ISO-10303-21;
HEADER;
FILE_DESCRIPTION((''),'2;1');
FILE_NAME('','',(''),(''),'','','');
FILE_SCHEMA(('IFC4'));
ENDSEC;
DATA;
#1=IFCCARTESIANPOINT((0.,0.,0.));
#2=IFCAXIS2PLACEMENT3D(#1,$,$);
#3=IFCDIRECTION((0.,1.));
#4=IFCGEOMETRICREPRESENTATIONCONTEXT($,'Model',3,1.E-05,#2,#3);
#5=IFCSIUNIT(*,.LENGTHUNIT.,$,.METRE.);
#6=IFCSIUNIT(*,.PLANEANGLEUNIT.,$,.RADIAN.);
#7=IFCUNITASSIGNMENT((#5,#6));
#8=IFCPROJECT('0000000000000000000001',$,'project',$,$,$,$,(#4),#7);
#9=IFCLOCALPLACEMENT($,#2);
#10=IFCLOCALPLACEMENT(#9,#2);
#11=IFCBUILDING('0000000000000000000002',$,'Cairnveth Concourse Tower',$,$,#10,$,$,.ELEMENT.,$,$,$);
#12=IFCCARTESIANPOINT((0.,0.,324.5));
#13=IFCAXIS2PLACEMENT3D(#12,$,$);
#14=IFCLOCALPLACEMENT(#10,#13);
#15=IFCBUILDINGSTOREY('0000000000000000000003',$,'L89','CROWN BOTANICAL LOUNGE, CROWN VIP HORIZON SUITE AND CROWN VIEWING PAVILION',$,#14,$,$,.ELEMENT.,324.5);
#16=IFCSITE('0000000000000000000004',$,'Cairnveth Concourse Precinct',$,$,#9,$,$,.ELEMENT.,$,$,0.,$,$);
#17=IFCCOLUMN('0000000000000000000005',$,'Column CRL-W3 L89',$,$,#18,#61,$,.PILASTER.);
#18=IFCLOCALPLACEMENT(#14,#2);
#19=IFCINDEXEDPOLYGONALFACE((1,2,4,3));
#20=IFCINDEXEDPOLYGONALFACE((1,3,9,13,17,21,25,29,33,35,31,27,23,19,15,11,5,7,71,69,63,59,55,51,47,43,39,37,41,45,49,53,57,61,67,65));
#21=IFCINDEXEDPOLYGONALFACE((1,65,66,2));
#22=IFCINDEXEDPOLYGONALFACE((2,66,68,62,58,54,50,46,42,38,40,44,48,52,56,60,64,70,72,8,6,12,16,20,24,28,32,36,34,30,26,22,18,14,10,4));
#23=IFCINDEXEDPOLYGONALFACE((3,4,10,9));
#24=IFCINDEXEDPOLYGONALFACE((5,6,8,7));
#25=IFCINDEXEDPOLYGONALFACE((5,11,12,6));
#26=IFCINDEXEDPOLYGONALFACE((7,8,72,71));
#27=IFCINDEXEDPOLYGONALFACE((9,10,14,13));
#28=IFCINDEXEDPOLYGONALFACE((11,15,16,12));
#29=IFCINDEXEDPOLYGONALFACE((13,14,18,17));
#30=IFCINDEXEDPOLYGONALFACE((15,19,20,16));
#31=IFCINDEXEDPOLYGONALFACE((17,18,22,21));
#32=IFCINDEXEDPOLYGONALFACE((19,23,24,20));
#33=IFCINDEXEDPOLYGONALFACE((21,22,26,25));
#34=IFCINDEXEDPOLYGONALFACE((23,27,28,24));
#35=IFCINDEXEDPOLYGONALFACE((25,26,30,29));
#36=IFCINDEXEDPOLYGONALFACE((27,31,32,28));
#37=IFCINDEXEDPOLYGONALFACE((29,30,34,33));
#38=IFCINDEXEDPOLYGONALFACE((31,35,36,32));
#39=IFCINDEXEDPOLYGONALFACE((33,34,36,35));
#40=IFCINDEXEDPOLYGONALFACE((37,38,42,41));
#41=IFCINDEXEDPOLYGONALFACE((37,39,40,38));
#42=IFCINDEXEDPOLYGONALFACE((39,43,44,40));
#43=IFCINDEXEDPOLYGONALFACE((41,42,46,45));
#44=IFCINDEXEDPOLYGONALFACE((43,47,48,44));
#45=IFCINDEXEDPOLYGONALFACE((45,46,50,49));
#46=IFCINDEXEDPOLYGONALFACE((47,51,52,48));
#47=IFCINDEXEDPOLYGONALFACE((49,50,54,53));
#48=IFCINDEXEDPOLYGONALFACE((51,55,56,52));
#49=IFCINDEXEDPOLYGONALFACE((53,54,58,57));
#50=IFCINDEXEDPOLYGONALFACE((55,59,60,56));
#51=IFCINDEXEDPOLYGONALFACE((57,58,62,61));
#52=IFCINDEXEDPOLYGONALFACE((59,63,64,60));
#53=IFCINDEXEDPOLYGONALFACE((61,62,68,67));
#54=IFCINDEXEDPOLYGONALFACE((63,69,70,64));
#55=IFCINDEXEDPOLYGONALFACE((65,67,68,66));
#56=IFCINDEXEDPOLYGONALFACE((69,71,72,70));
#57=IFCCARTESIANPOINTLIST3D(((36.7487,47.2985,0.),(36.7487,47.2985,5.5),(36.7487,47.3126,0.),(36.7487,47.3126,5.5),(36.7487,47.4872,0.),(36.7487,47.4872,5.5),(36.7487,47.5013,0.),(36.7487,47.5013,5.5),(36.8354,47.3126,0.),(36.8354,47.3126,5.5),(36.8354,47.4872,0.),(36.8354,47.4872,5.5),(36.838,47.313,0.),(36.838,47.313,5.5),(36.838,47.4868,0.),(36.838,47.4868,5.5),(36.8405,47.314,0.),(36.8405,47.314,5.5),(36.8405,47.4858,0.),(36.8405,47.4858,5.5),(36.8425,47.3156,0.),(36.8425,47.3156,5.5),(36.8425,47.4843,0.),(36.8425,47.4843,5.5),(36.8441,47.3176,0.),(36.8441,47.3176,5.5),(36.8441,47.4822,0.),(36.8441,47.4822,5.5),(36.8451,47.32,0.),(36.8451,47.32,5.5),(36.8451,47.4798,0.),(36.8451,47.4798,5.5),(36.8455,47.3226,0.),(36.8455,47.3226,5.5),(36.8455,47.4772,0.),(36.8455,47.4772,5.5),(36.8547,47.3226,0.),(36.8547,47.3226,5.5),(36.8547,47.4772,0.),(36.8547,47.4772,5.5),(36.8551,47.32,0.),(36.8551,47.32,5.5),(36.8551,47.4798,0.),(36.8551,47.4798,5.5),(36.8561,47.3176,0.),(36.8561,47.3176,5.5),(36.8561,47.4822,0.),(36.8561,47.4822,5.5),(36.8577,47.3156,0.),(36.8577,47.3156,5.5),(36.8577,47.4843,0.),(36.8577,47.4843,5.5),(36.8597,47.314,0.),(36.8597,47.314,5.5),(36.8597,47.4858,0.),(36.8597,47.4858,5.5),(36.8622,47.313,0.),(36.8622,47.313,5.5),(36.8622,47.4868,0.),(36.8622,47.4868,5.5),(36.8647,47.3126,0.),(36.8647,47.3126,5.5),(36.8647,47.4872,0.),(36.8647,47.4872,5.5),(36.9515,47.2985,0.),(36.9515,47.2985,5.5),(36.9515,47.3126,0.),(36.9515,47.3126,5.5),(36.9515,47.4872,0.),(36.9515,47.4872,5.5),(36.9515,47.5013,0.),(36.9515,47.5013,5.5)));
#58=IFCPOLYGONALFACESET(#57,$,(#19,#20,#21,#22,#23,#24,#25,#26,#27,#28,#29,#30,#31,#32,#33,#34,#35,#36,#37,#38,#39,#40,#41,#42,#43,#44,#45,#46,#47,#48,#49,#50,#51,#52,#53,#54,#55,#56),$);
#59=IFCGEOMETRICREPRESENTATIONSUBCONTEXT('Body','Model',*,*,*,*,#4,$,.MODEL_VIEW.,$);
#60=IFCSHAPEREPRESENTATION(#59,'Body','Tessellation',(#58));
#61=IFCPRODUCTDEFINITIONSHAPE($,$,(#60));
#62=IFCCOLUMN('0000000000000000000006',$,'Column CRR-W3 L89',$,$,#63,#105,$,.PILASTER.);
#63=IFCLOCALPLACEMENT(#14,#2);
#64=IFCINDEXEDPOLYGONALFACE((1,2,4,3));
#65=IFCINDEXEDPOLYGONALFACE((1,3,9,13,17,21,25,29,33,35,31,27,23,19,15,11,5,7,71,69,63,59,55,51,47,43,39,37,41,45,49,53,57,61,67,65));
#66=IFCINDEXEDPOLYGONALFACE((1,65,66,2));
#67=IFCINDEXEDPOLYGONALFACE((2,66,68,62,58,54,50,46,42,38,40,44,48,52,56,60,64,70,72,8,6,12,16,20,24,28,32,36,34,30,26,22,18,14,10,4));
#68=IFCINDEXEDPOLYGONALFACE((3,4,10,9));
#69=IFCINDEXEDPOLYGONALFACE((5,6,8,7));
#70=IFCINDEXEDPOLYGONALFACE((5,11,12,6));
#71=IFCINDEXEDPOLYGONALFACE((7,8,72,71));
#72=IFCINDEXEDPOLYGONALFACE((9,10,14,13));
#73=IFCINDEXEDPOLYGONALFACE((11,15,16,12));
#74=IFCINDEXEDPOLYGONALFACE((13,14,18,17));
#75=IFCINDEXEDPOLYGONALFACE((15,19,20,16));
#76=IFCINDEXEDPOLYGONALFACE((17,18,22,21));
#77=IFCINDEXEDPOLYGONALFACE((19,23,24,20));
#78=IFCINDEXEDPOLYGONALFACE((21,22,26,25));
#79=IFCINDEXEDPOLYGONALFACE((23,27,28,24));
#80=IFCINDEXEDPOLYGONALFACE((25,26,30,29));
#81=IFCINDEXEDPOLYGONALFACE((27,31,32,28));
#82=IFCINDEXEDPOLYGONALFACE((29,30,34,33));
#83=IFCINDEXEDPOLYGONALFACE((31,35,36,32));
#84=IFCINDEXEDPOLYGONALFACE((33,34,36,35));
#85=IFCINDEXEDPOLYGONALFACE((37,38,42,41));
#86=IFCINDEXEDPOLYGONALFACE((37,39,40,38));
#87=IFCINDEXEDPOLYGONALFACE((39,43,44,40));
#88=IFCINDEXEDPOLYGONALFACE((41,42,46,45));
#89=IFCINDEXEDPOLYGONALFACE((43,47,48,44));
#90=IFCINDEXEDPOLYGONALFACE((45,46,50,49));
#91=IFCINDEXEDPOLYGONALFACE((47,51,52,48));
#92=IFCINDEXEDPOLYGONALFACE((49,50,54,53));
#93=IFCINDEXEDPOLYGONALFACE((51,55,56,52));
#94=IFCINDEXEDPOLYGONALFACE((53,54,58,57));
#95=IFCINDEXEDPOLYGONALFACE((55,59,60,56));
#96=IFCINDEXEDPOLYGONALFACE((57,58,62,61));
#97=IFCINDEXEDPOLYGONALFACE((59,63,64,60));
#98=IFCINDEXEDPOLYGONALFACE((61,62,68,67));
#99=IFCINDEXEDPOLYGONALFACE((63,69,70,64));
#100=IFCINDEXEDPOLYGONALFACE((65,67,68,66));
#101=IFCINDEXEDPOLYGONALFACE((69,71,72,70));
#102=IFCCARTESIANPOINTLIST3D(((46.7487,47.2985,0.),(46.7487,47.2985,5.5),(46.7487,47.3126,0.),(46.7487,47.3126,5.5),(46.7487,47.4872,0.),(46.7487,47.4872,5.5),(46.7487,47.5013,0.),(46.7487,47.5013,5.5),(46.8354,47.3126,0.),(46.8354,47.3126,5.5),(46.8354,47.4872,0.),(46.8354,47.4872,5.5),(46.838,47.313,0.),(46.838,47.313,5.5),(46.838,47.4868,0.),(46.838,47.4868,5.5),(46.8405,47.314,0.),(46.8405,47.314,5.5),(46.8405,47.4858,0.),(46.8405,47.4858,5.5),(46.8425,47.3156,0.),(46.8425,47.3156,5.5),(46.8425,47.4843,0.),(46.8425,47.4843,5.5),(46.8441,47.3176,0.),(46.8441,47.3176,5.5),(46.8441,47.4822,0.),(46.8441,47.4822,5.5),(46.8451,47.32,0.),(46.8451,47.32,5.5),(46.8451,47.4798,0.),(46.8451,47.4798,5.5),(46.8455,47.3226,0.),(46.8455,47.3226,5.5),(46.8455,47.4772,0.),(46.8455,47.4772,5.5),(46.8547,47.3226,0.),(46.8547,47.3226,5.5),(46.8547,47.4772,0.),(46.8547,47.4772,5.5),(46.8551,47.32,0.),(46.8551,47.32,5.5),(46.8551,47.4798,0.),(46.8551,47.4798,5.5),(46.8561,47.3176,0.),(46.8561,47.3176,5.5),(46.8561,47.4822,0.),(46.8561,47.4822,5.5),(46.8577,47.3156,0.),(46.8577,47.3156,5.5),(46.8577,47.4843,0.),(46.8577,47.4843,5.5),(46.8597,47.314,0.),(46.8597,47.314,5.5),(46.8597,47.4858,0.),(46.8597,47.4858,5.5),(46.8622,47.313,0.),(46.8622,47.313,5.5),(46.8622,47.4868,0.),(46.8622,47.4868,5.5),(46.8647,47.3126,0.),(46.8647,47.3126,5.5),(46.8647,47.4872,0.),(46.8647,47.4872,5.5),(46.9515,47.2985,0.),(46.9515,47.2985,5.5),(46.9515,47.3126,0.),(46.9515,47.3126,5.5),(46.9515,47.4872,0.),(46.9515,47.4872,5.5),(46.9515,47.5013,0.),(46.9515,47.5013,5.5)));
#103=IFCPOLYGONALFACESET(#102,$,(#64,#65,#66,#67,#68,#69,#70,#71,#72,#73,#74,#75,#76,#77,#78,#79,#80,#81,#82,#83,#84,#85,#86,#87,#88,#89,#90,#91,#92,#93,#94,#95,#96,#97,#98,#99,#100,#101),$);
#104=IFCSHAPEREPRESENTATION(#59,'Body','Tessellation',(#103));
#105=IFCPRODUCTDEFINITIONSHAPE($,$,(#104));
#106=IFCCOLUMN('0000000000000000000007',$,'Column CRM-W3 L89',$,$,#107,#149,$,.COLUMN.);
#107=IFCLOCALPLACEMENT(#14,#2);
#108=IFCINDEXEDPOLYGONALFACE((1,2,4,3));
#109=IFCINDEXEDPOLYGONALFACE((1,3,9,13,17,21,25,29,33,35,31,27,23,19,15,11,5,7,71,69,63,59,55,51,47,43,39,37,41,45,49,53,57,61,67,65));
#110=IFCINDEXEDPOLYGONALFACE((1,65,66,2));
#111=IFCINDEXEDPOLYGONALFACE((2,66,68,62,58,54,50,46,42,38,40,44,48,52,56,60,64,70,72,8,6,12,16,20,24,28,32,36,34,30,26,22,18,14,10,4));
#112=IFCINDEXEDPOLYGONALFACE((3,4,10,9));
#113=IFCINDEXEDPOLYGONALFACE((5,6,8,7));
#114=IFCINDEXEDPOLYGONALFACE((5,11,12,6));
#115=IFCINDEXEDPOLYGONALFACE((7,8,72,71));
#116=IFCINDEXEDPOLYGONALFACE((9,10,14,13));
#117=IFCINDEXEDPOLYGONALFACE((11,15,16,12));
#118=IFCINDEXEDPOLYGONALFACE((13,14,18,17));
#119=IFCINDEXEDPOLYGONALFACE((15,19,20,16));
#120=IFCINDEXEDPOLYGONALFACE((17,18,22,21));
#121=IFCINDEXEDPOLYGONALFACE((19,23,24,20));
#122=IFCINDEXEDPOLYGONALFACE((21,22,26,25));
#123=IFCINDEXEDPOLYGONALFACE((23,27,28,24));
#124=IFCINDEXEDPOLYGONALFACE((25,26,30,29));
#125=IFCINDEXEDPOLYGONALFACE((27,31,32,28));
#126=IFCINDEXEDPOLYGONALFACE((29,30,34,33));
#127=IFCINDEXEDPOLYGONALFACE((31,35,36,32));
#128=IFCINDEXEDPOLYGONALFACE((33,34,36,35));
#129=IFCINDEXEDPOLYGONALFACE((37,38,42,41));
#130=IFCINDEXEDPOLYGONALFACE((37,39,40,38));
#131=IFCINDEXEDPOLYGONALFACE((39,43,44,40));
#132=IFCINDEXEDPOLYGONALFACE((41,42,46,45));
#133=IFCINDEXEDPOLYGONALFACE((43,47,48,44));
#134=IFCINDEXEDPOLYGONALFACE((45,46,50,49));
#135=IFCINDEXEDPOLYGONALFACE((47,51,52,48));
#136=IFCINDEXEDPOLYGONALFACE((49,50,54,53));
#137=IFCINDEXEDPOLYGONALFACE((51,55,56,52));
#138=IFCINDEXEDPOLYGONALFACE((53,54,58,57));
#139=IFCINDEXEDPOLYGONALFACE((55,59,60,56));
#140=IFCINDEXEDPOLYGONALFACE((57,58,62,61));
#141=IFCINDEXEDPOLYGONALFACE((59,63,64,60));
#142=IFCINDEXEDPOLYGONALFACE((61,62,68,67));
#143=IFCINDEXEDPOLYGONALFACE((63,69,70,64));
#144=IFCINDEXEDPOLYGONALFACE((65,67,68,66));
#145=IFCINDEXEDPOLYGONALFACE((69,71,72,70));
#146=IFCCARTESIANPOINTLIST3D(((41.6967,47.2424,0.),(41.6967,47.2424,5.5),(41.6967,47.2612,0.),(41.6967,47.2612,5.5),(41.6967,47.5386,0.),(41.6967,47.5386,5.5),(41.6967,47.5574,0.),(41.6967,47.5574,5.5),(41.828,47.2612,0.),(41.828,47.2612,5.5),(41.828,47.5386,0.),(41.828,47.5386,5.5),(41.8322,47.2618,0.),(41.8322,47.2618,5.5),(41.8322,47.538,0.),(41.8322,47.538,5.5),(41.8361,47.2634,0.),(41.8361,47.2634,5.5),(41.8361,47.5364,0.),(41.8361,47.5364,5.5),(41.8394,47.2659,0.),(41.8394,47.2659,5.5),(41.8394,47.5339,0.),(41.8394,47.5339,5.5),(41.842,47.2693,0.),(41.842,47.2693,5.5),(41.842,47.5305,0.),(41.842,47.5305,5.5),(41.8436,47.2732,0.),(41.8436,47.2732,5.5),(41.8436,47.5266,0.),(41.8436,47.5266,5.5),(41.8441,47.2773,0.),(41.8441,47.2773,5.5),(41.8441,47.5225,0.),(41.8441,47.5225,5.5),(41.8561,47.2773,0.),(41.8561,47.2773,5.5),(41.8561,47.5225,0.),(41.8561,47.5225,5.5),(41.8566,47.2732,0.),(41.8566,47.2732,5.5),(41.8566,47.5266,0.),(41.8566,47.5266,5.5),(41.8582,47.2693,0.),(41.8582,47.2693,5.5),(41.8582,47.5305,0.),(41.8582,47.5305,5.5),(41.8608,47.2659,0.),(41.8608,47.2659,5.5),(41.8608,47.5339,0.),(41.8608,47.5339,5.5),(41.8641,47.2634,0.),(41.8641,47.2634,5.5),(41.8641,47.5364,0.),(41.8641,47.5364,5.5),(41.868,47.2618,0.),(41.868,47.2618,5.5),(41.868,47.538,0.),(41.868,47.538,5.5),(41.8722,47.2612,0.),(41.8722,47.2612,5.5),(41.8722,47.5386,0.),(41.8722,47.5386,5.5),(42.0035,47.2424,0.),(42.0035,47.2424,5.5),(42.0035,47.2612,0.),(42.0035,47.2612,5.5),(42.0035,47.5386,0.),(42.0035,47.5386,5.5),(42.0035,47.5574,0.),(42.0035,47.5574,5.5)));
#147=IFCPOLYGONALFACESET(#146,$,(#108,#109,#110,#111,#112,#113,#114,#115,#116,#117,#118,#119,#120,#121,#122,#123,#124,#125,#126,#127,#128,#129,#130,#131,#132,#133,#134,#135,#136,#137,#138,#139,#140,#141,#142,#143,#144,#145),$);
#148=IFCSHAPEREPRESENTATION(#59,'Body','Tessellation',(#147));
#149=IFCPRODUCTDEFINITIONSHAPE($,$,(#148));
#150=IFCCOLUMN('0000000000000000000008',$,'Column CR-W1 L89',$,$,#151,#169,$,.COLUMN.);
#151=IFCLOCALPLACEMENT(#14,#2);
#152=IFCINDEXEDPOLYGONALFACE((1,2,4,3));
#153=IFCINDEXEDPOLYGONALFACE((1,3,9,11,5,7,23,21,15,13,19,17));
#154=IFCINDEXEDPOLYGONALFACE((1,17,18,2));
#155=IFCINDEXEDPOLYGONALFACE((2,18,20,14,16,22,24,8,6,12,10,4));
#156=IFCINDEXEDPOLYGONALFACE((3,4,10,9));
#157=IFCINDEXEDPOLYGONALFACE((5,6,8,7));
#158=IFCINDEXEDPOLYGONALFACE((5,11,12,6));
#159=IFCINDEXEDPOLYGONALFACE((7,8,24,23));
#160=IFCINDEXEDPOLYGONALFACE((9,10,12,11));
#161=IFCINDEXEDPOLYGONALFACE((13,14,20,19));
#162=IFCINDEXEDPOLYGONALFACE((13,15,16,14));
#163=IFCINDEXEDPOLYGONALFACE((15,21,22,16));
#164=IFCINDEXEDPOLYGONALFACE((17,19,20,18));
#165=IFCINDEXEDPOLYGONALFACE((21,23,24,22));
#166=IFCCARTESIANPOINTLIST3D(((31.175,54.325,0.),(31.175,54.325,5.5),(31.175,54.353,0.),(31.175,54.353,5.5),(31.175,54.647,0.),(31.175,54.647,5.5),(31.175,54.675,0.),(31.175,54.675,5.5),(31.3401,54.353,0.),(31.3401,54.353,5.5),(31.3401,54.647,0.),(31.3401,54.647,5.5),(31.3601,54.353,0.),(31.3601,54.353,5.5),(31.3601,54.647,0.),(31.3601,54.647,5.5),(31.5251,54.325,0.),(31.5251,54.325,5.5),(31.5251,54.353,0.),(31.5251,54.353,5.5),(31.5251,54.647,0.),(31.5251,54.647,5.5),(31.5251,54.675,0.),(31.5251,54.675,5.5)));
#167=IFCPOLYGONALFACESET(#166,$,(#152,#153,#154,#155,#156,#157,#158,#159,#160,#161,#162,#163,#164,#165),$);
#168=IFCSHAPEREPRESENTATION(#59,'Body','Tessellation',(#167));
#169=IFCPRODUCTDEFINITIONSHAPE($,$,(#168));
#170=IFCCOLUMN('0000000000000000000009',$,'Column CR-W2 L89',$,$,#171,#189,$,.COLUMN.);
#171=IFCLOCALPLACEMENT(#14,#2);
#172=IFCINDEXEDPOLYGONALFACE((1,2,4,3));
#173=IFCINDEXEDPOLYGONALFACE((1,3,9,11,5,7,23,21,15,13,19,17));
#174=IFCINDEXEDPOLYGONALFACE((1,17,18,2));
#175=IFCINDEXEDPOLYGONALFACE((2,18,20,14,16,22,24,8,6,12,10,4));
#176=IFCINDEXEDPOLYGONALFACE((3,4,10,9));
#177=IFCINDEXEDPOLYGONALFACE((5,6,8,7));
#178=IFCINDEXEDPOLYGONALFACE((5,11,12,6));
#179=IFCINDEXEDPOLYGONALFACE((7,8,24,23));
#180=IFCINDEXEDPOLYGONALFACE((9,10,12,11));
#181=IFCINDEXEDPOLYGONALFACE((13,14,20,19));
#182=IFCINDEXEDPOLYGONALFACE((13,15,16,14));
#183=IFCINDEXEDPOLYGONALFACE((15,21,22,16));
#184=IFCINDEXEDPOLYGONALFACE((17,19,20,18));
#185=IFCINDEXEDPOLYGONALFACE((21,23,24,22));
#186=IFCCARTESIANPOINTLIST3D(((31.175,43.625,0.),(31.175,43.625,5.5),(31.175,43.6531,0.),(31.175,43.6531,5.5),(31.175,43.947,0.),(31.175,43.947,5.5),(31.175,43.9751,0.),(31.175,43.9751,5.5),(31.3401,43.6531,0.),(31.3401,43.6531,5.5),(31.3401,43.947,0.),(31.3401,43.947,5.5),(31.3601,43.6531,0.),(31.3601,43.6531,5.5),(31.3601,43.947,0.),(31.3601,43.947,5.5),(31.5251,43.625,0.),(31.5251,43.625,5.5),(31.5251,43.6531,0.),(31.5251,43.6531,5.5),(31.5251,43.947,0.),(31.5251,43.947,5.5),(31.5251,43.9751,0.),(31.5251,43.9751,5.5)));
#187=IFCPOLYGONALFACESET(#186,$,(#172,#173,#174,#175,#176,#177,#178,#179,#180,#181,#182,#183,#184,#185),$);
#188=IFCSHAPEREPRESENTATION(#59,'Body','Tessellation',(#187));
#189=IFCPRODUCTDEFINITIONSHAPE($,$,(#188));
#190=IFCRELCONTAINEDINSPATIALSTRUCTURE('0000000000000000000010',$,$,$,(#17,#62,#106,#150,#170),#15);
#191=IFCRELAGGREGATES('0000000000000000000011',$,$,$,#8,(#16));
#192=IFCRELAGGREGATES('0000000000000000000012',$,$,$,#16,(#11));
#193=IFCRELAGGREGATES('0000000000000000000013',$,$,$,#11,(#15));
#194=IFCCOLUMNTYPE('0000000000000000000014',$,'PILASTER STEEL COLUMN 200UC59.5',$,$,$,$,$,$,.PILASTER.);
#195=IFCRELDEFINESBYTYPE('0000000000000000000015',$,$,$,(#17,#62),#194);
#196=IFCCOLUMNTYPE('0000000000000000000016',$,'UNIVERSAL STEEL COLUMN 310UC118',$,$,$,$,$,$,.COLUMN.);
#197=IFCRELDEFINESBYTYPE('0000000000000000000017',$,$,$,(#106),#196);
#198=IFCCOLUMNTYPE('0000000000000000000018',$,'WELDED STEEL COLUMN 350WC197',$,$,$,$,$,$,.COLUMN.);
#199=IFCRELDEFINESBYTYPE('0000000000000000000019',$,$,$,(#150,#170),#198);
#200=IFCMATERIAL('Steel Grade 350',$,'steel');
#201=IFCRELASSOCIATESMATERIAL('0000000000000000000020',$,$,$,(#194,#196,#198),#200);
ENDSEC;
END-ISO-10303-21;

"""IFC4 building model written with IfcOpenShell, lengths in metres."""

from ifc_helpers import new_model, si_unit, direction, frame, origin, origin_2d, place, context, subcontext, project, spatial, i_section, extrude, material, material_profile, profile_set, type_object, element, save


model = new_model("IFC4")

# Units and contexts
model_context = context("Model", 3, precision=1e-05, world=origin(), true_north=direction((0.0, 1.0)))
body_context = subcontext(model_context, "Body", "Model", "MODEL_VIEW")
ifc_project = project(units=[si_unit("LENGTHUNIT", "METRE"), si_unit("PLANEANGLEUNIT", "RADIAN")], contexts=[model_context])

# Site, building, storey
site_placement = place(None, origin())
site = spatial("IfcSite", under=ifc_project, at=site_placement, Name="Cairnveth Concourse Precinct", CompositionType="ELEMENT", RefElevation=0.0)
building_placement = place(site_placement, origin())
building = spatial("IfcBuilding", under=site, at=building_placement, Name="Cairnveth Concourse Tower", CompositionType="ELEMENT")
storey_placement = place(building_placement, frame((0.0, 0.0, 324.5)))
storey = spatial("IfcBuildingStorey", under=building, at=storey_placement, Name="L89", Description="CROWN BOTANICAL LOUNGE, CROWN VIP HORIZON SUITE AND CROWN VIEWING PAVILION", CompositionType="ELEMENT", Elevation=324.5)

# Columns
ifc_material_1 = material(Name="Steel Grade 350", Category="steel")
ifc_material_profile_1 = material_profile(ifc_material_1, i_section(OverallWidth=0.2029, OverallDepth=0.2029, WebThickness=0.0093, FlangeThickness=0.0142, FilletRadius=0.01, at=origin_2d()), Name="200UC59.5")
ifc_profile_set_1 = profile_set([ifc_material_profile_1], Name="Steel Grade 350")
column_type_1 = type_object("IfcColumnType", Name="PILASTER STEEL COLUMN 200UC59.5", PredefinedType="PILASTER", material=ifc_profile_set_1)
for number, where, z_axis, x_axis, name in (
    (1, (36.8501, 47.3999, 0.0), (0.0, 0.0, 1.0), (1.0, 0.0, 0.0), "Column CRL-W3 L89"),
    (2, (46.8501, 47.3999, 0.0), (0.0, 0.0, 1.0), (1.0, 0.0, 0.0), "Column CRR-W3 L89"),
):
    element("IfcColumn", number, at=place(storey_placement, frame(where, z_axis=z_axis, x_axis=x_axis)), inside=storey, type_object=column_type_1, Name=name, PredefinedType="PILASTER", context=body_context, shape_type="SweptSolid", body=[
        extrude(i_section(OverallWidth=0.2029, OverallDepth=0.2029, WebThickness=0.0093, FlangeThickness=0.0142, FilletRadius=0.01, at=origin_2d()), origin(), (0.0, 0.0, 1.0), 5.5),
    ])
ifc_material_profile_2 = material_profile(ifc_material_1, i_section(OverallWidth=0.3069, OverallDepth=0.3149, WebThickness=0.012, FlangeThickness=0.0188, FilletRadius=0.0161, at=origin_2d()), Name="310UC118")
ifc_profile_set_2 = profile_set([ifc_material_profile_2], Name="Steel Grade 350")
column_type_2 = type_object("IfcColumnType", Name="UNIVERSAL STEEL COLUMN 310UC118", PredefinedType="COLUMN", material=ifc_profile_set_2)
column_placement = place(storey_placement, frame((41.8501, 47.3999, 0.0), z_axis=(0.0, 0.0, 1.0), x_axis=(1.0, 0.0, 0.0)))
element("IfcColumn", 3, at=column_placement, inside=storey, type_object=column_type_2, Name="Column CRM-W3 L89", PredefinedType="COLUMN", context=body_context, shape_type="SweptSolid", body=[
    extrude(i_section(OverallWidth=0.3069, OverallDepth=0.3149, WebThickness=0.012, FlangeThickness=0.0188, FilletRadius=0.0161, at=origin_2d()), origin(), (0.0, 0.0, 1.0), 5.5),
])
ifc_material_profile_3 = material_profile(ifc_material_1, i_section(OverallWidth=0.3501, OverallDepth=0.3501, WebThickness=0.02, FlangeThickness=0.0281, at=origin_2d()), Name="350WC197")
ifc_profile_set_3 = profile_set([ifc_material_profile_3], Name="Steel Grade 350")
column_type_3 = type_object("IfcColumnType", Name="WELDED STEEL COLUMN 350WC197", PredefinedType="COLUMN", material=ifc_profile_set_3)
for number, where, z_axis, x_axis, name in (
    (4, (31.3501, 54.5, 0.0), (0.0, 0.0, 1.0), (1.0, 0.0, 0.0), "Column CR-W1 L89"),
    (5, (31.3501, 43.8, 0.0), (0.0, 0.0, 1.0), (1.0, 0.0, 0.0), "Column CR-W2 L89"),
):
    element("IfcColumn", number, at=place(storey_placement, frame(where, z_axis=z_axis, x_axis=x_axis)), inside=storey, type_object=column_type_3, Name=name, PredefinedType="COLUMN", context=body_context, shape_type="SweptSolid", body=[
        extrude(i_section(OverallWidth=0.3501, OverallDepth=0.3501, WebThickness=0.02, FlangeThickness=0.0281, at=origin_2d()), origin(), (0.0, 0.0, 1.0), 5.5),
    ])

save(model, "model.ifc")
